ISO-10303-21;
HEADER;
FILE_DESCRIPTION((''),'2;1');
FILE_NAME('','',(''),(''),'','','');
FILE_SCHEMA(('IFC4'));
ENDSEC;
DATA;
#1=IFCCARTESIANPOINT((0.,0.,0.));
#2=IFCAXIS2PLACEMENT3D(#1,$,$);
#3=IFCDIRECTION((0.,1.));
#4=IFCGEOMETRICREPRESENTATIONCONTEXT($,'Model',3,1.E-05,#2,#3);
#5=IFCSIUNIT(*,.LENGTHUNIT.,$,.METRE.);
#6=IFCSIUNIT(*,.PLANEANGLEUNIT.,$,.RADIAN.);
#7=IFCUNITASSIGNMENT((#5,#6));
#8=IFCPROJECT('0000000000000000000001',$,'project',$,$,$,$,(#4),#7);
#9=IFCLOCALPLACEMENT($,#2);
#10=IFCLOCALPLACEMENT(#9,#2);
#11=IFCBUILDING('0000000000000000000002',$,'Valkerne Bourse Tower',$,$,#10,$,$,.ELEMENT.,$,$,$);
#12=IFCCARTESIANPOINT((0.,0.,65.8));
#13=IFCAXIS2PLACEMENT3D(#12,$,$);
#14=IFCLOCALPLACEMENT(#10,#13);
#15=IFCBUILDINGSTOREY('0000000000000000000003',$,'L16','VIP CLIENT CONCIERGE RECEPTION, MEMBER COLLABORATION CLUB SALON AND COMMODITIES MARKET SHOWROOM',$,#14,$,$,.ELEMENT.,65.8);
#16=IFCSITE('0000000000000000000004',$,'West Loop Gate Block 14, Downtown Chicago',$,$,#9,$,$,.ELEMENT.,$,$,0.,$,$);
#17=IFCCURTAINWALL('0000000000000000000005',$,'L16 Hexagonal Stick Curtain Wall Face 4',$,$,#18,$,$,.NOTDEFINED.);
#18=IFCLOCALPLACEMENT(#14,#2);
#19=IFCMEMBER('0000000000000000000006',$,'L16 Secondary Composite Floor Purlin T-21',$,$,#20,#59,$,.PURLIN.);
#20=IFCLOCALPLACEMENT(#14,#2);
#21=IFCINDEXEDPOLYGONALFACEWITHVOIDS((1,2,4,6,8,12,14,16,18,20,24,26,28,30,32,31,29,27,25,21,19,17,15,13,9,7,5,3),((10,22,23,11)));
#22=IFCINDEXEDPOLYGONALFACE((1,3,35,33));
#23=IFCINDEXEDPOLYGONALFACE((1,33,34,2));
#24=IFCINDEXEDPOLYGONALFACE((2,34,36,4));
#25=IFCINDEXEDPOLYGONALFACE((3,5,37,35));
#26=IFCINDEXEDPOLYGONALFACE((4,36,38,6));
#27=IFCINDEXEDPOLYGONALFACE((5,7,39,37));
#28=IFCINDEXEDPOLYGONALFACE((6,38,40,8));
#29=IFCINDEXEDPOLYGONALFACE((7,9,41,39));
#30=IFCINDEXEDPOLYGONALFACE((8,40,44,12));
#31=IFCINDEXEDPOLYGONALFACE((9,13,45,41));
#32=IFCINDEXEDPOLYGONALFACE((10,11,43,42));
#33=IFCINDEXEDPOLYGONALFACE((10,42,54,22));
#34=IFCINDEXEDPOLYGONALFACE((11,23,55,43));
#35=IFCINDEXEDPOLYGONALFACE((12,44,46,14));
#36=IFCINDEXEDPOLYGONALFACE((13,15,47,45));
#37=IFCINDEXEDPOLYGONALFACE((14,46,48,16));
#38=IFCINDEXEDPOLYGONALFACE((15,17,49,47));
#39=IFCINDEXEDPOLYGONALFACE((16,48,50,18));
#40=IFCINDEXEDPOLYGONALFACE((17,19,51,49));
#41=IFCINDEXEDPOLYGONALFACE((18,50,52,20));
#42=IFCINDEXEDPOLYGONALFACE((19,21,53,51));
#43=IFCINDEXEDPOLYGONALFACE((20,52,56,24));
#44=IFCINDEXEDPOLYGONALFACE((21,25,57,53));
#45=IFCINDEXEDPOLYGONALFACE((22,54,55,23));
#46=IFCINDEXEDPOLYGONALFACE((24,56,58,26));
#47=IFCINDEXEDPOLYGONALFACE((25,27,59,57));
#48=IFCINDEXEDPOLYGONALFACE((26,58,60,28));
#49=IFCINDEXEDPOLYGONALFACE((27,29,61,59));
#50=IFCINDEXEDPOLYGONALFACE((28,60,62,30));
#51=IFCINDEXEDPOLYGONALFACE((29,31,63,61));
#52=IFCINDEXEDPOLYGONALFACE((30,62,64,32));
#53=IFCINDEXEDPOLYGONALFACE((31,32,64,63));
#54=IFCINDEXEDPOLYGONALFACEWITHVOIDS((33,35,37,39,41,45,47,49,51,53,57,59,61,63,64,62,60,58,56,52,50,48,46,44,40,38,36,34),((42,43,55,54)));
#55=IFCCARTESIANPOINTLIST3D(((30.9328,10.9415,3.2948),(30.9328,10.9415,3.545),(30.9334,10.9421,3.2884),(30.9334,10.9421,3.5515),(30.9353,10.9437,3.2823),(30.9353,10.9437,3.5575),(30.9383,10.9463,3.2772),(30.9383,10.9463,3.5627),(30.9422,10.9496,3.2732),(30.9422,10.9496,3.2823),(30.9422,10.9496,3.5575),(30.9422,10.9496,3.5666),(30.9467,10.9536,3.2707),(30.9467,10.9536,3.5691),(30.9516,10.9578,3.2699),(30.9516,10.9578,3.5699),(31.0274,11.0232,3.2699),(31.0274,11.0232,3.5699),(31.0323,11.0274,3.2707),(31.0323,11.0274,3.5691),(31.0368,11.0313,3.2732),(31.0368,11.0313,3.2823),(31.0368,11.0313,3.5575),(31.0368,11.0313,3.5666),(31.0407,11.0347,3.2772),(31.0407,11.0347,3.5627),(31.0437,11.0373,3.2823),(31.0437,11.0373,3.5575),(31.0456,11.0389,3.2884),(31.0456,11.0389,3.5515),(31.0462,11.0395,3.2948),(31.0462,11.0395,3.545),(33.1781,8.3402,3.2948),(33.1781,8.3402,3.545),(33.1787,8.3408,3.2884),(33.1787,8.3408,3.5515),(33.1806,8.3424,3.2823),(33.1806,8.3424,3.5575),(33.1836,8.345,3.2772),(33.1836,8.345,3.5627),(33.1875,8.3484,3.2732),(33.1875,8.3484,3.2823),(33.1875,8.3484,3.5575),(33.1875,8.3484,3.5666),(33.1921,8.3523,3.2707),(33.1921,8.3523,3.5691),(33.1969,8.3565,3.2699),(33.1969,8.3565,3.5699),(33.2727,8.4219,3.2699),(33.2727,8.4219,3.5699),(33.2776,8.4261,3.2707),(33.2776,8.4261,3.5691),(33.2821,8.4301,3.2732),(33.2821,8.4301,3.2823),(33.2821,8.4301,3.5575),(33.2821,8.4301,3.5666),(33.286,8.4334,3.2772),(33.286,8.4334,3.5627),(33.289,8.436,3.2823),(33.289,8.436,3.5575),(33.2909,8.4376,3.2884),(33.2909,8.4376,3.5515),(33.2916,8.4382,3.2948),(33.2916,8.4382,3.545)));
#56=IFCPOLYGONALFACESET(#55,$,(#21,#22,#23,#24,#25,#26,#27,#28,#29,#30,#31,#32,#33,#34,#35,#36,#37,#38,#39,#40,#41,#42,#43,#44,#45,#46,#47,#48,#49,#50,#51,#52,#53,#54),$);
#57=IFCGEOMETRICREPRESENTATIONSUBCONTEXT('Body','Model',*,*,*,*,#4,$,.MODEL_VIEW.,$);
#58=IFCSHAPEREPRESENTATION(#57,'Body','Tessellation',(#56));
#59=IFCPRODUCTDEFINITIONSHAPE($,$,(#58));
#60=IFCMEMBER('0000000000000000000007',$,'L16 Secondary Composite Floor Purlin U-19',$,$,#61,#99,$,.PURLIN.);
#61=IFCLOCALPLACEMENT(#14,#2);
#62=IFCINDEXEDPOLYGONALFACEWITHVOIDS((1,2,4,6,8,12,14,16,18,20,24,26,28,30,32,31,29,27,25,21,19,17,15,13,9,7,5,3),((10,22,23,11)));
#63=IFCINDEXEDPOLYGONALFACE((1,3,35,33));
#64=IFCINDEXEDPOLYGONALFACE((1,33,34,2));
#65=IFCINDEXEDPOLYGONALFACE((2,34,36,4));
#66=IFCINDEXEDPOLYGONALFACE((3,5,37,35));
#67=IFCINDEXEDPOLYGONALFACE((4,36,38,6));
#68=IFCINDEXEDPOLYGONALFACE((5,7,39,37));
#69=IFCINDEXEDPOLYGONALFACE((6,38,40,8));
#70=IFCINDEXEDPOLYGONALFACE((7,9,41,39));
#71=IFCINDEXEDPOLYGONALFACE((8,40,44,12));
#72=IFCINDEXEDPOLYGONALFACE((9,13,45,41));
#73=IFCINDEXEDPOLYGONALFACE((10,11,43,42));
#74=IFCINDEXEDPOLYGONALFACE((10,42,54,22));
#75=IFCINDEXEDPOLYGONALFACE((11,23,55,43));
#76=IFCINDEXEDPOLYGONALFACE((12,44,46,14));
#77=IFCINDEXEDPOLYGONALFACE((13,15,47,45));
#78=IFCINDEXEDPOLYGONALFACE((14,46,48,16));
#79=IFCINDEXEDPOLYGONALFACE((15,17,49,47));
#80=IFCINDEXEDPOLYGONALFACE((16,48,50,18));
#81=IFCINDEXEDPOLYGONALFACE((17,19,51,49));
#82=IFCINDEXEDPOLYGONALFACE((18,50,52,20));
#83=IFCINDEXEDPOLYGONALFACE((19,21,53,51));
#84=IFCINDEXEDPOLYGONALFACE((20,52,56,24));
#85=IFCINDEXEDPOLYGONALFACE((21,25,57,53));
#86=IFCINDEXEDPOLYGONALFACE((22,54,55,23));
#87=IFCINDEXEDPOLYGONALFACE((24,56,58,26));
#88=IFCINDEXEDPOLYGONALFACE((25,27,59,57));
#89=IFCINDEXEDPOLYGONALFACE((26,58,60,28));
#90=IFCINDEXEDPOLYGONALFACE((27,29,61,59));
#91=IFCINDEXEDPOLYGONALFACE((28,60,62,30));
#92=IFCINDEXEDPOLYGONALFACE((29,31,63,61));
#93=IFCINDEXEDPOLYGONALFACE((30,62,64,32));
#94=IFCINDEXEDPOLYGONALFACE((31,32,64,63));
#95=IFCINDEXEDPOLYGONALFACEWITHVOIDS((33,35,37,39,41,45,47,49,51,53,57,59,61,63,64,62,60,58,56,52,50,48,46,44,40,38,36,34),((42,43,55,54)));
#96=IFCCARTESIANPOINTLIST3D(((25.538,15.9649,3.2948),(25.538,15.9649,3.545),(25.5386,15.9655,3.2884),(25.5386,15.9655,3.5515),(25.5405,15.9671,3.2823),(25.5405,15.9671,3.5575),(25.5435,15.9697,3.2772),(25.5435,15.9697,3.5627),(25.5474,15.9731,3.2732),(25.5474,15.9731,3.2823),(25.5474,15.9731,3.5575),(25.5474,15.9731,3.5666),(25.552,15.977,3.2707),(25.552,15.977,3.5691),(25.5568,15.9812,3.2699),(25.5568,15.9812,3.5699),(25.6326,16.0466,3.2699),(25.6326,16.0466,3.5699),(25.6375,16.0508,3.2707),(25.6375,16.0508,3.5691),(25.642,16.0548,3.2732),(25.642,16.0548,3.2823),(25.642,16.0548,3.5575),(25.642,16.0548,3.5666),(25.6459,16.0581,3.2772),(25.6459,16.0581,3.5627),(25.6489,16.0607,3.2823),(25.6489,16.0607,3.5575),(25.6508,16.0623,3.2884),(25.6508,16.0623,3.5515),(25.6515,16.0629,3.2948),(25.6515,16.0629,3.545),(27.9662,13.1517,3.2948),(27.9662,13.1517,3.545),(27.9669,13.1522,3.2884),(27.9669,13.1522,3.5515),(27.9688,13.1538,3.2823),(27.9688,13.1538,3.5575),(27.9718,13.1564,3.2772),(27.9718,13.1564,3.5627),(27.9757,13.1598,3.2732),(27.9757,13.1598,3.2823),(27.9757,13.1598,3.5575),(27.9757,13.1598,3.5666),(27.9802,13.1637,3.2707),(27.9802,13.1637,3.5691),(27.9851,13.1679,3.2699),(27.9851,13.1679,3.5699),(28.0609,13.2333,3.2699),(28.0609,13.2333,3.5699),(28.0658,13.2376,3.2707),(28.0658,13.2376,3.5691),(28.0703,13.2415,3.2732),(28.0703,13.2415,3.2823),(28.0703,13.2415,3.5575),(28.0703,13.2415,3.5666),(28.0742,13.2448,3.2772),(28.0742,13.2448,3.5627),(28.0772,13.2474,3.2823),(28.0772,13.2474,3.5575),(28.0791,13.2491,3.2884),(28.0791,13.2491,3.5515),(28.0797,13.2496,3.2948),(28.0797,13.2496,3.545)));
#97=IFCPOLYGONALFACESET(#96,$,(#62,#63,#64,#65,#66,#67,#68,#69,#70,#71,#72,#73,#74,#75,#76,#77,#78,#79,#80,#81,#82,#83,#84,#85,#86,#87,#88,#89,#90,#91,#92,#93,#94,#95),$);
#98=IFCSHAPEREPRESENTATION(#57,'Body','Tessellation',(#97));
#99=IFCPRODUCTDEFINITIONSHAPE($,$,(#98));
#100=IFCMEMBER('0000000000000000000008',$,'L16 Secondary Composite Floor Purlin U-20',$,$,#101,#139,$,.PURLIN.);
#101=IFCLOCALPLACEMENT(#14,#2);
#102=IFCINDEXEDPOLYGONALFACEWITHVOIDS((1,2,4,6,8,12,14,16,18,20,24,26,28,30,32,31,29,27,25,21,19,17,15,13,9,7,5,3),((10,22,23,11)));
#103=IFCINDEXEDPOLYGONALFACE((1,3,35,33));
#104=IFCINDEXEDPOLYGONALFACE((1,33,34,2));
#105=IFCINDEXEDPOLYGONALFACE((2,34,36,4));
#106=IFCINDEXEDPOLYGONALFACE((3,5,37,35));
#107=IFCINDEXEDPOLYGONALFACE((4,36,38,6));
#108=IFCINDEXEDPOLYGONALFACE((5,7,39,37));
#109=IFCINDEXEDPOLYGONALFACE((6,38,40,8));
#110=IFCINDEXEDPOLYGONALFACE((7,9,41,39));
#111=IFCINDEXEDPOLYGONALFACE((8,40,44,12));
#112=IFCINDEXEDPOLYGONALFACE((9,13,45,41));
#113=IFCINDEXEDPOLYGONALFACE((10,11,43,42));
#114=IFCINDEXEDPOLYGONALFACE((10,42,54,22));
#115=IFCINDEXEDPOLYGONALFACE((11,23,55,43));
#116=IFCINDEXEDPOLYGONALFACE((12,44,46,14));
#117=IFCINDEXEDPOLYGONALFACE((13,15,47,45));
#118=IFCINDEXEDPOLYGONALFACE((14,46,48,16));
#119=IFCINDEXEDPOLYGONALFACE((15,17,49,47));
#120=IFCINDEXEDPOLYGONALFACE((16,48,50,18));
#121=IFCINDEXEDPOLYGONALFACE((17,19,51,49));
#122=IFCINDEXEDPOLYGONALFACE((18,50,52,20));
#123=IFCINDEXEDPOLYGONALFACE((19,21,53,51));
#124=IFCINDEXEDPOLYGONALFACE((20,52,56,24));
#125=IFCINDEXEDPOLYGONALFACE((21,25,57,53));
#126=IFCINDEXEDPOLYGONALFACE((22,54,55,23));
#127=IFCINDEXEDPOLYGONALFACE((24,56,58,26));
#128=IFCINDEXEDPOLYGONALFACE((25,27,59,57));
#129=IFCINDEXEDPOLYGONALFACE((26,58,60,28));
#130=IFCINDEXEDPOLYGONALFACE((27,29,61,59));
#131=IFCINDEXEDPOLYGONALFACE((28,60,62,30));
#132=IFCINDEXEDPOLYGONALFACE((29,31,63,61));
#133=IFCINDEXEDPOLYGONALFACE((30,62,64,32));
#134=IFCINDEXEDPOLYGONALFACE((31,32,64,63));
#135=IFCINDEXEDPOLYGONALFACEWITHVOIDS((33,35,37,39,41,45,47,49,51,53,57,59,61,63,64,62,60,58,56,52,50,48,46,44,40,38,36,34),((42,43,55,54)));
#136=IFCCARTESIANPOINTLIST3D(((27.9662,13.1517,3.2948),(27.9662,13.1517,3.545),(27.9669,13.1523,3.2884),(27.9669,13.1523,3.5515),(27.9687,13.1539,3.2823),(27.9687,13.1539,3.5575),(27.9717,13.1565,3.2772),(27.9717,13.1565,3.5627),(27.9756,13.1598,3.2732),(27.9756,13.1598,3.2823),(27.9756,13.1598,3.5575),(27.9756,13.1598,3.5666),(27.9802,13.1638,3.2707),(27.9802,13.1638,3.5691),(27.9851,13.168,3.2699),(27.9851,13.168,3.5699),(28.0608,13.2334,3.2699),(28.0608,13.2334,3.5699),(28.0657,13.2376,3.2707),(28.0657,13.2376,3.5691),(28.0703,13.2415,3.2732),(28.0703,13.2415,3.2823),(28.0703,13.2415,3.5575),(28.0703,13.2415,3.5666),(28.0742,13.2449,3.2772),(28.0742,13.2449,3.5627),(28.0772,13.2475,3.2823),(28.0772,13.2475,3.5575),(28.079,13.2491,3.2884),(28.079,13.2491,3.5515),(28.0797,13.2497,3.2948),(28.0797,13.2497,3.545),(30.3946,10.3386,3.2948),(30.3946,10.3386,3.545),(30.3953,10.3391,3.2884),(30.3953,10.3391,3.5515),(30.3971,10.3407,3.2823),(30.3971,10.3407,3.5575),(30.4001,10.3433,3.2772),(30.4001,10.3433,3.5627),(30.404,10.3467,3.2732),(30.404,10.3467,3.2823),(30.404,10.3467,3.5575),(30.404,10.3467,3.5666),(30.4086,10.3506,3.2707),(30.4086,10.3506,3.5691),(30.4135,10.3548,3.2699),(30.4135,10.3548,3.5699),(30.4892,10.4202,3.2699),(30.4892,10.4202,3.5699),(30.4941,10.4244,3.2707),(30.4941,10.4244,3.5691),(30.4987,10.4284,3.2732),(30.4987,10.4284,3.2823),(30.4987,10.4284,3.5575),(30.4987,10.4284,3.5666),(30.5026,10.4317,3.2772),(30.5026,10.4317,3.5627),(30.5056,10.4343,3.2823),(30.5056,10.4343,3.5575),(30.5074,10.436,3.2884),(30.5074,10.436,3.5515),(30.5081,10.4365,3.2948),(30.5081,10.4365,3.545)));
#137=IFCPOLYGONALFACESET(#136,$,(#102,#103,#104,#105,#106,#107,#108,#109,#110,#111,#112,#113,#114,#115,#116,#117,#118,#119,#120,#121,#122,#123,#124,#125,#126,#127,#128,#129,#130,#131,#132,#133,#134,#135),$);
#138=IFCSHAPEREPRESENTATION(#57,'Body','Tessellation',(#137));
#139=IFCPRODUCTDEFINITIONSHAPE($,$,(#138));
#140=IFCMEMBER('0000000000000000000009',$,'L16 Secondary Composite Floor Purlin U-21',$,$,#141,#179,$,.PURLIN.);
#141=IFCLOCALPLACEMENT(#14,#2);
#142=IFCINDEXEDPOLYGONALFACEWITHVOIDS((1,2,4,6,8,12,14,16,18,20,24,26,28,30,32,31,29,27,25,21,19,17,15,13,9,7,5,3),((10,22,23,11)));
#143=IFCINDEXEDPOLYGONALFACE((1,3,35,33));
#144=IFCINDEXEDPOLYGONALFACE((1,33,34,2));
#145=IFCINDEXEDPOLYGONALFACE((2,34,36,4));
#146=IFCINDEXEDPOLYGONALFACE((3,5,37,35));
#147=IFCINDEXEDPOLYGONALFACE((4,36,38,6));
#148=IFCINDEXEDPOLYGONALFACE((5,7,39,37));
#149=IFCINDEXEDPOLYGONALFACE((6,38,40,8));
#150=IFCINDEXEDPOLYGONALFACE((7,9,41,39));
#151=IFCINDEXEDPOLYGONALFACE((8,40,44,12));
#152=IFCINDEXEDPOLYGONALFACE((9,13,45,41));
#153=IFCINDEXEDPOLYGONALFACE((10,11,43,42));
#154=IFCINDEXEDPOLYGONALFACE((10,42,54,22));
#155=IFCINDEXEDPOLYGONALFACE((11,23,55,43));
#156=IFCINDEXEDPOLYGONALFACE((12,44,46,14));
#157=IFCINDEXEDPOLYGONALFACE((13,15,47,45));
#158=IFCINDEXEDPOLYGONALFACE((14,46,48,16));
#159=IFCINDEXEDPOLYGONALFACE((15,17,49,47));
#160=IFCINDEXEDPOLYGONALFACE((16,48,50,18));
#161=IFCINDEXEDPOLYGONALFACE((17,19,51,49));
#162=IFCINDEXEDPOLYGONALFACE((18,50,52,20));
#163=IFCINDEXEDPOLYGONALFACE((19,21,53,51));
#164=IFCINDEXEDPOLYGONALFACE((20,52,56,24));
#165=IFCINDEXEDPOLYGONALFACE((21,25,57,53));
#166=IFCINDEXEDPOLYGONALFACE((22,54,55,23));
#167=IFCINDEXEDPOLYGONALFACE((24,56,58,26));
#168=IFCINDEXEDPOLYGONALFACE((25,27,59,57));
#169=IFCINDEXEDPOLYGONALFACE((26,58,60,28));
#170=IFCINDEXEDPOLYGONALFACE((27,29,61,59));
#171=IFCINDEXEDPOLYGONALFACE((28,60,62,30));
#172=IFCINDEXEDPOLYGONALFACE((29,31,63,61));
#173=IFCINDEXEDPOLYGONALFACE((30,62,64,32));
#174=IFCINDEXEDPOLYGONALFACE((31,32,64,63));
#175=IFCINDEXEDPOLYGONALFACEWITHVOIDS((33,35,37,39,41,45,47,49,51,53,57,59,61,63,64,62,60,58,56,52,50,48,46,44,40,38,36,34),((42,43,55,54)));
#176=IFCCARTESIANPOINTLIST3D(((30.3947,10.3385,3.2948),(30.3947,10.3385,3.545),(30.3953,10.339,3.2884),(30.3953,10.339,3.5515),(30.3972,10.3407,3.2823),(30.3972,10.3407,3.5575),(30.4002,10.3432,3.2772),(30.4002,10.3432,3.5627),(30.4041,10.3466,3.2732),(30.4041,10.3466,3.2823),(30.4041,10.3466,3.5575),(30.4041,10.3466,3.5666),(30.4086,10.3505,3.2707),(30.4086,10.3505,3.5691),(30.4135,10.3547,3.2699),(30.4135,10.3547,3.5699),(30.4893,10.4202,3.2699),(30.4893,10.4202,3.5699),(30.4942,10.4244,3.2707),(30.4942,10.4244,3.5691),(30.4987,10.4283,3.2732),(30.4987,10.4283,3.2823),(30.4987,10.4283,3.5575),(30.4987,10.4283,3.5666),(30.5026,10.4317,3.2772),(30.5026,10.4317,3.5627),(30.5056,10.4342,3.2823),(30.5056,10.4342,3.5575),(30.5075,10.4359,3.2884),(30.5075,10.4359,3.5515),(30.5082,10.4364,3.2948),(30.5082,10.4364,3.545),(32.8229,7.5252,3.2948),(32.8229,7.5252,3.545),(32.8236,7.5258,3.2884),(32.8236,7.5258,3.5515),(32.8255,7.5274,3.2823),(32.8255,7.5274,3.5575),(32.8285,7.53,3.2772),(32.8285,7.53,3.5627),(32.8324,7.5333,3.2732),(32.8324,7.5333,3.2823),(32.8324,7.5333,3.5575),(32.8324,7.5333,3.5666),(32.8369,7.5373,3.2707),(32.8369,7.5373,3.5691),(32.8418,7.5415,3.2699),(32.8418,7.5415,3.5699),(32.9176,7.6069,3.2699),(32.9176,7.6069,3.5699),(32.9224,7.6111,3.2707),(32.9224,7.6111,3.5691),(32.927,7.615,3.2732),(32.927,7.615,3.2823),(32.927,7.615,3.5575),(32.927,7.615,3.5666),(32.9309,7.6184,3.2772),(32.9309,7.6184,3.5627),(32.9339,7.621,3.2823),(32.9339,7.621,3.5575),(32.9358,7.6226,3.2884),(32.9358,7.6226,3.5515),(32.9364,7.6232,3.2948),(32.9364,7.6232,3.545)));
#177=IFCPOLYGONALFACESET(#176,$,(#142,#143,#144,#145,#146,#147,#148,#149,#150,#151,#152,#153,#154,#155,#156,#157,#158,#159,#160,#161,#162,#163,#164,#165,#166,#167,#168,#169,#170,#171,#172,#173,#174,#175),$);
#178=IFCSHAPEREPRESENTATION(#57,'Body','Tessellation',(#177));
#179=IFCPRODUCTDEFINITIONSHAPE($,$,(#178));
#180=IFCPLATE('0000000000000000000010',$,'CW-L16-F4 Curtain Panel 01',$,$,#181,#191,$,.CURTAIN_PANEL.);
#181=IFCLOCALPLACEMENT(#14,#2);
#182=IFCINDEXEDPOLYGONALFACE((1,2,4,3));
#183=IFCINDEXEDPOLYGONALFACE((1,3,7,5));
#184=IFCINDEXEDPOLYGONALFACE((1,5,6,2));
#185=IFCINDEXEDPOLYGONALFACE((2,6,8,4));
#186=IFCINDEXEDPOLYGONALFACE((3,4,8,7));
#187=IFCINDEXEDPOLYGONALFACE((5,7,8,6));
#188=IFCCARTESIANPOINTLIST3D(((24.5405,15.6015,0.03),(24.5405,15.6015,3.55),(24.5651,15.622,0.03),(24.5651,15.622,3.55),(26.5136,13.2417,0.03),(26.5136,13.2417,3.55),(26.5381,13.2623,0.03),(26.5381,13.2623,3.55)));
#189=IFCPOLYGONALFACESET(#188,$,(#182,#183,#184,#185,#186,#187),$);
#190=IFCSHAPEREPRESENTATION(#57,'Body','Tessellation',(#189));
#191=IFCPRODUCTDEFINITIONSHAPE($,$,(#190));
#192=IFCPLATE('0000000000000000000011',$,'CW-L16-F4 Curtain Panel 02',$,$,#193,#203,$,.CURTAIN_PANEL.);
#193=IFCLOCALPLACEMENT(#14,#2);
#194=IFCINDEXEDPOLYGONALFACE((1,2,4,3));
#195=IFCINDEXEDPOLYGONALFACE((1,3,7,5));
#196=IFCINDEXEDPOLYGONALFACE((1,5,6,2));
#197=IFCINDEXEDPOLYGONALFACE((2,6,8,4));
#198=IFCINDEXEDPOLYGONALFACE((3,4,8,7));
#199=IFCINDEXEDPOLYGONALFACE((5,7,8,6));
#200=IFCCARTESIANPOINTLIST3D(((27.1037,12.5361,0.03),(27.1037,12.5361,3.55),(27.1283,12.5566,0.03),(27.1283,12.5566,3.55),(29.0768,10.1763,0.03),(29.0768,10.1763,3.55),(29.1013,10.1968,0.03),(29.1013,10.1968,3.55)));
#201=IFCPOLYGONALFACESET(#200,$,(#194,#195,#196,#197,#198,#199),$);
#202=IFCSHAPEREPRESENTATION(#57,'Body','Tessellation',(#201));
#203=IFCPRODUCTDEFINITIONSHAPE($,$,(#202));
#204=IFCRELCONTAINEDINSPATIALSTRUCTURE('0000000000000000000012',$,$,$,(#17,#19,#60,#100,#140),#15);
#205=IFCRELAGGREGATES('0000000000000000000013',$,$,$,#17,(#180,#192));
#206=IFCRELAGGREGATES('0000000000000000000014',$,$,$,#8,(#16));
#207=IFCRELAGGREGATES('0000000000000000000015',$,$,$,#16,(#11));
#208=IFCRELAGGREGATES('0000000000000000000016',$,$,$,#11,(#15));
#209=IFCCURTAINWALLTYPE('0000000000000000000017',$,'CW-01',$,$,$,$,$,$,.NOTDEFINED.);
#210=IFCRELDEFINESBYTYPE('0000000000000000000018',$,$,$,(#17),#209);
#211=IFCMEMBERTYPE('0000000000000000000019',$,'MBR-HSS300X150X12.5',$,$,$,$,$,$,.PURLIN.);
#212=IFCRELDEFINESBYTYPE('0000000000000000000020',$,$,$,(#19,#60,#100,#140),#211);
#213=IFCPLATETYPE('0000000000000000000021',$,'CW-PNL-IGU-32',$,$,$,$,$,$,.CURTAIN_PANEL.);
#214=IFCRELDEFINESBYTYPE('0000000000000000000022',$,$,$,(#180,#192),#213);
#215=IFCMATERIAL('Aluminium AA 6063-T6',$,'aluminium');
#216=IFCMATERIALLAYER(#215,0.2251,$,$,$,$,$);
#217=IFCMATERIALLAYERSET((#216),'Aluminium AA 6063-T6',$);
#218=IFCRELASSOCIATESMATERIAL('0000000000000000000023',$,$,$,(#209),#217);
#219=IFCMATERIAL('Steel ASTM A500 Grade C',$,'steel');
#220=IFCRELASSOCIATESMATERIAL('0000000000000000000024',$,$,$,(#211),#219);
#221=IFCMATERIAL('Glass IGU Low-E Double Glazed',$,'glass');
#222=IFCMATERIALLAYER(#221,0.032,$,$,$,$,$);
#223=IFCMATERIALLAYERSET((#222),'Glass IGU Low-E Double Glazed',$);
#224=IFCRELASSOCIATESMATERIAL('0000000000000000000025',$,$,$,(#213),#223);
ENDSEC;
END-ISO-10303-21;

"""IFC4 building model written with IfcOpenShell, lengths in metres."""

from ifc_helpers import new_model, si_unit, direction, frame, origin, origin_2d, place, context, subcontext, project, spatial, rectangle, hollow_rectangle, extrude, material, layer, layer_set, material_profile, profile_set, type_object, element, aggregate, save


model = new_model("IFC4")

# Units and contexts
model_context = context("Model", 3, precision=1e-05, world=origin(), true_north=direction((0.0, 1.0)))
body_context = subcontext(model_context, "Body", "Model", "MODEL_VIEW")
ifc_project = project(units=[si_unit("LENGTHUNIT", "METRE"), si_unit("PLANEANGLEUNIT", "RADIAN")], contexts=[model_context])

# Site, building, storey
site_placement = place(None, origin())
site = spatial("IfcSite", under=ifc_project, at=site_placement, Name="West Loop Gate Block 14, Downtown Chicago", CompositionType="ELEMENT", RefElevation=0.0)
building_placement = place(site_placement, origin())
building = spatial("IfcBuilding", under=site, at=building_placement, Name="Valkerne Bourse Tower", CompositionType="ELEMENT")
storey_placement = place(building_placement, frame((0.0, 0.0, 65.8)))
storey = spatial("IfcBuildingStorey", under=building, at=storey_placement, Name="L16", Description="VIP CLIENT CONCIERGE RECEPTION, MEMBER COLLABORATION CLUB SALON AND COMMODITIES MARKET SHOWROOM", CompositionType="ELEMENT", Elevation=65.8)

# Curtain wall
ifc_material_1 = material(Name="Aluminium AA 6063-T6", Category="aluminium")
ifc_layer_1 = layer(ifc_material_1, 0.2251)
ifc_layer_set_1 = layer_set([ifc_layer_1], Name="Aluminium AA 6063-T6")
curtain_wall_type = type_object("IfcCurtainWallType", Name="CW-01", PredefinedType="NOTDEFINED", material=ifc_layer_set_1)
curtain_wall_placement = place(storey_placement, origin())
curtain_wall = element("IfcCurtainWall", 1, at=curtain_wall_placement, inside=storey, type_object=curtain_wall_type, Name="L16 Hexagonal Stick Curtain Wall Face 4", PredefinedType="NOTDEFINED")

# Members
ifc_material_2 = material(Name="Steel ASTM A500 Grade C", Category="steel")
ifc_material_profile_1 = material_profile(ifc_material_2, hollow_rectangle(XDim=0.1499, YDim=0.3, WallThickness=0.0125, OuterFilletRadius=0.0249, at=origin_2d()), Name="HSS300X150X12.5")
ifc_profile_set_1 = profile_set([ifc_material_profile_1], Name="Steel ASTM A500 Grade C")
member_type_1 = type_object("IfcMemberType", Name="MBR-HSS300X150X12.5", PredefinedType="PURLIN", material=ifc_profile_set_1)
member_1_placement = place(storey_placement, frame((30.9895, 10.9905, 3.4199), z_axis=(0.653415, -0.757, 0.0), x_axis=(0.757, 0.653415, 0.0)))
element("IfcMember", 2, at=member_1_placement, inside=storey, type_object=member_type_1, Name="L16 Secondary Composite Floor Purlin T-21", PredefinedType="PURLIN", context=body_context, shape_type="SweptSolid", body=[
    extrude(hollow_rectangle(XDim=0.1499, YDim=0.3, WallThickness=0.0125, OuterFilletRadius=0.0249, at=origin_2d()), origin(), (0.0, 0.0, 1.0), 3.4363),
])
for number, where, z_axis, x_axis, name in (
    (3, (25.5947, 16.0139, 3.4199), (0.653406, -0.757008, 0.0), (0.757008, 0.653406, 0.0), "L16 Secondary Composite Floor Purlin U-19"),
    (4, (28.0229, 13.2007, 3.4199), (0.653444, -0.756975, 0.0), (0.756975, 0.653444, 0.0), "L16 Secondary Composite Floor Purlin U-20"),
    (5, (30.4514, 10.3875, 3.4199), (0.653406, -0.757008, 0.0), (0.757008, 0.653406, 0.0), "L16 Secondary Composite Floor Purlin U-21"),
):
    element("IfcMember", number, at=place(storey_placement, frame(where, z_axis=z_axis, x_axis=x_axis)), inside=storey, type_object=member_type_1, Name=name, PredefinedType="PURLIN", context=body_context, shape_type="SweptSolid", body=[
        extrude(hollow_rectangle(XDim=0.1499, YDim=0.3, WallThickness=0.0125, OuterFilletRadius=0.0249, at=origin_2d()), origin(), (0.0, 0.0, 1.0), 3.7163),
    ])

# Plates
ifc_material_3 = material(Name="Glass IGU Low-E Double Glazed", Category="glass")
ifc_layer_2 = layer(ifc_material_3, 0.032)
ifc_layer_set_2 = layer_set([ifc_layer_2], Name="Glass IGU Low-E Double Glazed")
plate_type = type_object("IfcPlateType", Name="CW-PNL-IGU-32", PredefinedType="CURTAIN_PANEL", material=ifc_layer_set_2)
plate_1_placement = place(storey_placement, frame((25.5393, 14.4319, 0.03), z_axis=(0.0, 0.0, 1.0), x_axis=(0.641444, -0.76717, 0.0)))
plate_1 = element("IfcPlate", 6, at=plate_1_placement, type_object=plate_type, Name="CW-L16-F4 Curtain Panel 01", PredefinedType="CURTAIN_PANEL", context=body_context, shape_type="SweptSolid", body=[
    extrude(rectangle(XDim=3.0759, YDim=0.032, at=origin_2d()), origin(), (0.0, 0.0, 1.0), 3.52),
])
plate_2_placement = place(storey_placement, frame((28.1025, 11.3665, 0.03), z_axis=(0.0, 0.0, 1.0), x_axis=(0.641456, -0.76716, 0.0)))
plate_2 = element("IfcPlate", 7, at=plate_2_placement, type_object=plate_type, Name="CW-L16-F4 Curtain Panel 02", PredefinedType="CURTAIN_PANEL", context=body_context, shape_type="SweptSolid", body=[
    extrude(rectangle(XDim=3.0759, YDim=0.032, at=origin_2d()), origin(), (0.0, 0.0, 1.0), 3.52),
])
aggregate(curtain_wall, [plate_1, plate_2])

save(model, "model.ifc")
